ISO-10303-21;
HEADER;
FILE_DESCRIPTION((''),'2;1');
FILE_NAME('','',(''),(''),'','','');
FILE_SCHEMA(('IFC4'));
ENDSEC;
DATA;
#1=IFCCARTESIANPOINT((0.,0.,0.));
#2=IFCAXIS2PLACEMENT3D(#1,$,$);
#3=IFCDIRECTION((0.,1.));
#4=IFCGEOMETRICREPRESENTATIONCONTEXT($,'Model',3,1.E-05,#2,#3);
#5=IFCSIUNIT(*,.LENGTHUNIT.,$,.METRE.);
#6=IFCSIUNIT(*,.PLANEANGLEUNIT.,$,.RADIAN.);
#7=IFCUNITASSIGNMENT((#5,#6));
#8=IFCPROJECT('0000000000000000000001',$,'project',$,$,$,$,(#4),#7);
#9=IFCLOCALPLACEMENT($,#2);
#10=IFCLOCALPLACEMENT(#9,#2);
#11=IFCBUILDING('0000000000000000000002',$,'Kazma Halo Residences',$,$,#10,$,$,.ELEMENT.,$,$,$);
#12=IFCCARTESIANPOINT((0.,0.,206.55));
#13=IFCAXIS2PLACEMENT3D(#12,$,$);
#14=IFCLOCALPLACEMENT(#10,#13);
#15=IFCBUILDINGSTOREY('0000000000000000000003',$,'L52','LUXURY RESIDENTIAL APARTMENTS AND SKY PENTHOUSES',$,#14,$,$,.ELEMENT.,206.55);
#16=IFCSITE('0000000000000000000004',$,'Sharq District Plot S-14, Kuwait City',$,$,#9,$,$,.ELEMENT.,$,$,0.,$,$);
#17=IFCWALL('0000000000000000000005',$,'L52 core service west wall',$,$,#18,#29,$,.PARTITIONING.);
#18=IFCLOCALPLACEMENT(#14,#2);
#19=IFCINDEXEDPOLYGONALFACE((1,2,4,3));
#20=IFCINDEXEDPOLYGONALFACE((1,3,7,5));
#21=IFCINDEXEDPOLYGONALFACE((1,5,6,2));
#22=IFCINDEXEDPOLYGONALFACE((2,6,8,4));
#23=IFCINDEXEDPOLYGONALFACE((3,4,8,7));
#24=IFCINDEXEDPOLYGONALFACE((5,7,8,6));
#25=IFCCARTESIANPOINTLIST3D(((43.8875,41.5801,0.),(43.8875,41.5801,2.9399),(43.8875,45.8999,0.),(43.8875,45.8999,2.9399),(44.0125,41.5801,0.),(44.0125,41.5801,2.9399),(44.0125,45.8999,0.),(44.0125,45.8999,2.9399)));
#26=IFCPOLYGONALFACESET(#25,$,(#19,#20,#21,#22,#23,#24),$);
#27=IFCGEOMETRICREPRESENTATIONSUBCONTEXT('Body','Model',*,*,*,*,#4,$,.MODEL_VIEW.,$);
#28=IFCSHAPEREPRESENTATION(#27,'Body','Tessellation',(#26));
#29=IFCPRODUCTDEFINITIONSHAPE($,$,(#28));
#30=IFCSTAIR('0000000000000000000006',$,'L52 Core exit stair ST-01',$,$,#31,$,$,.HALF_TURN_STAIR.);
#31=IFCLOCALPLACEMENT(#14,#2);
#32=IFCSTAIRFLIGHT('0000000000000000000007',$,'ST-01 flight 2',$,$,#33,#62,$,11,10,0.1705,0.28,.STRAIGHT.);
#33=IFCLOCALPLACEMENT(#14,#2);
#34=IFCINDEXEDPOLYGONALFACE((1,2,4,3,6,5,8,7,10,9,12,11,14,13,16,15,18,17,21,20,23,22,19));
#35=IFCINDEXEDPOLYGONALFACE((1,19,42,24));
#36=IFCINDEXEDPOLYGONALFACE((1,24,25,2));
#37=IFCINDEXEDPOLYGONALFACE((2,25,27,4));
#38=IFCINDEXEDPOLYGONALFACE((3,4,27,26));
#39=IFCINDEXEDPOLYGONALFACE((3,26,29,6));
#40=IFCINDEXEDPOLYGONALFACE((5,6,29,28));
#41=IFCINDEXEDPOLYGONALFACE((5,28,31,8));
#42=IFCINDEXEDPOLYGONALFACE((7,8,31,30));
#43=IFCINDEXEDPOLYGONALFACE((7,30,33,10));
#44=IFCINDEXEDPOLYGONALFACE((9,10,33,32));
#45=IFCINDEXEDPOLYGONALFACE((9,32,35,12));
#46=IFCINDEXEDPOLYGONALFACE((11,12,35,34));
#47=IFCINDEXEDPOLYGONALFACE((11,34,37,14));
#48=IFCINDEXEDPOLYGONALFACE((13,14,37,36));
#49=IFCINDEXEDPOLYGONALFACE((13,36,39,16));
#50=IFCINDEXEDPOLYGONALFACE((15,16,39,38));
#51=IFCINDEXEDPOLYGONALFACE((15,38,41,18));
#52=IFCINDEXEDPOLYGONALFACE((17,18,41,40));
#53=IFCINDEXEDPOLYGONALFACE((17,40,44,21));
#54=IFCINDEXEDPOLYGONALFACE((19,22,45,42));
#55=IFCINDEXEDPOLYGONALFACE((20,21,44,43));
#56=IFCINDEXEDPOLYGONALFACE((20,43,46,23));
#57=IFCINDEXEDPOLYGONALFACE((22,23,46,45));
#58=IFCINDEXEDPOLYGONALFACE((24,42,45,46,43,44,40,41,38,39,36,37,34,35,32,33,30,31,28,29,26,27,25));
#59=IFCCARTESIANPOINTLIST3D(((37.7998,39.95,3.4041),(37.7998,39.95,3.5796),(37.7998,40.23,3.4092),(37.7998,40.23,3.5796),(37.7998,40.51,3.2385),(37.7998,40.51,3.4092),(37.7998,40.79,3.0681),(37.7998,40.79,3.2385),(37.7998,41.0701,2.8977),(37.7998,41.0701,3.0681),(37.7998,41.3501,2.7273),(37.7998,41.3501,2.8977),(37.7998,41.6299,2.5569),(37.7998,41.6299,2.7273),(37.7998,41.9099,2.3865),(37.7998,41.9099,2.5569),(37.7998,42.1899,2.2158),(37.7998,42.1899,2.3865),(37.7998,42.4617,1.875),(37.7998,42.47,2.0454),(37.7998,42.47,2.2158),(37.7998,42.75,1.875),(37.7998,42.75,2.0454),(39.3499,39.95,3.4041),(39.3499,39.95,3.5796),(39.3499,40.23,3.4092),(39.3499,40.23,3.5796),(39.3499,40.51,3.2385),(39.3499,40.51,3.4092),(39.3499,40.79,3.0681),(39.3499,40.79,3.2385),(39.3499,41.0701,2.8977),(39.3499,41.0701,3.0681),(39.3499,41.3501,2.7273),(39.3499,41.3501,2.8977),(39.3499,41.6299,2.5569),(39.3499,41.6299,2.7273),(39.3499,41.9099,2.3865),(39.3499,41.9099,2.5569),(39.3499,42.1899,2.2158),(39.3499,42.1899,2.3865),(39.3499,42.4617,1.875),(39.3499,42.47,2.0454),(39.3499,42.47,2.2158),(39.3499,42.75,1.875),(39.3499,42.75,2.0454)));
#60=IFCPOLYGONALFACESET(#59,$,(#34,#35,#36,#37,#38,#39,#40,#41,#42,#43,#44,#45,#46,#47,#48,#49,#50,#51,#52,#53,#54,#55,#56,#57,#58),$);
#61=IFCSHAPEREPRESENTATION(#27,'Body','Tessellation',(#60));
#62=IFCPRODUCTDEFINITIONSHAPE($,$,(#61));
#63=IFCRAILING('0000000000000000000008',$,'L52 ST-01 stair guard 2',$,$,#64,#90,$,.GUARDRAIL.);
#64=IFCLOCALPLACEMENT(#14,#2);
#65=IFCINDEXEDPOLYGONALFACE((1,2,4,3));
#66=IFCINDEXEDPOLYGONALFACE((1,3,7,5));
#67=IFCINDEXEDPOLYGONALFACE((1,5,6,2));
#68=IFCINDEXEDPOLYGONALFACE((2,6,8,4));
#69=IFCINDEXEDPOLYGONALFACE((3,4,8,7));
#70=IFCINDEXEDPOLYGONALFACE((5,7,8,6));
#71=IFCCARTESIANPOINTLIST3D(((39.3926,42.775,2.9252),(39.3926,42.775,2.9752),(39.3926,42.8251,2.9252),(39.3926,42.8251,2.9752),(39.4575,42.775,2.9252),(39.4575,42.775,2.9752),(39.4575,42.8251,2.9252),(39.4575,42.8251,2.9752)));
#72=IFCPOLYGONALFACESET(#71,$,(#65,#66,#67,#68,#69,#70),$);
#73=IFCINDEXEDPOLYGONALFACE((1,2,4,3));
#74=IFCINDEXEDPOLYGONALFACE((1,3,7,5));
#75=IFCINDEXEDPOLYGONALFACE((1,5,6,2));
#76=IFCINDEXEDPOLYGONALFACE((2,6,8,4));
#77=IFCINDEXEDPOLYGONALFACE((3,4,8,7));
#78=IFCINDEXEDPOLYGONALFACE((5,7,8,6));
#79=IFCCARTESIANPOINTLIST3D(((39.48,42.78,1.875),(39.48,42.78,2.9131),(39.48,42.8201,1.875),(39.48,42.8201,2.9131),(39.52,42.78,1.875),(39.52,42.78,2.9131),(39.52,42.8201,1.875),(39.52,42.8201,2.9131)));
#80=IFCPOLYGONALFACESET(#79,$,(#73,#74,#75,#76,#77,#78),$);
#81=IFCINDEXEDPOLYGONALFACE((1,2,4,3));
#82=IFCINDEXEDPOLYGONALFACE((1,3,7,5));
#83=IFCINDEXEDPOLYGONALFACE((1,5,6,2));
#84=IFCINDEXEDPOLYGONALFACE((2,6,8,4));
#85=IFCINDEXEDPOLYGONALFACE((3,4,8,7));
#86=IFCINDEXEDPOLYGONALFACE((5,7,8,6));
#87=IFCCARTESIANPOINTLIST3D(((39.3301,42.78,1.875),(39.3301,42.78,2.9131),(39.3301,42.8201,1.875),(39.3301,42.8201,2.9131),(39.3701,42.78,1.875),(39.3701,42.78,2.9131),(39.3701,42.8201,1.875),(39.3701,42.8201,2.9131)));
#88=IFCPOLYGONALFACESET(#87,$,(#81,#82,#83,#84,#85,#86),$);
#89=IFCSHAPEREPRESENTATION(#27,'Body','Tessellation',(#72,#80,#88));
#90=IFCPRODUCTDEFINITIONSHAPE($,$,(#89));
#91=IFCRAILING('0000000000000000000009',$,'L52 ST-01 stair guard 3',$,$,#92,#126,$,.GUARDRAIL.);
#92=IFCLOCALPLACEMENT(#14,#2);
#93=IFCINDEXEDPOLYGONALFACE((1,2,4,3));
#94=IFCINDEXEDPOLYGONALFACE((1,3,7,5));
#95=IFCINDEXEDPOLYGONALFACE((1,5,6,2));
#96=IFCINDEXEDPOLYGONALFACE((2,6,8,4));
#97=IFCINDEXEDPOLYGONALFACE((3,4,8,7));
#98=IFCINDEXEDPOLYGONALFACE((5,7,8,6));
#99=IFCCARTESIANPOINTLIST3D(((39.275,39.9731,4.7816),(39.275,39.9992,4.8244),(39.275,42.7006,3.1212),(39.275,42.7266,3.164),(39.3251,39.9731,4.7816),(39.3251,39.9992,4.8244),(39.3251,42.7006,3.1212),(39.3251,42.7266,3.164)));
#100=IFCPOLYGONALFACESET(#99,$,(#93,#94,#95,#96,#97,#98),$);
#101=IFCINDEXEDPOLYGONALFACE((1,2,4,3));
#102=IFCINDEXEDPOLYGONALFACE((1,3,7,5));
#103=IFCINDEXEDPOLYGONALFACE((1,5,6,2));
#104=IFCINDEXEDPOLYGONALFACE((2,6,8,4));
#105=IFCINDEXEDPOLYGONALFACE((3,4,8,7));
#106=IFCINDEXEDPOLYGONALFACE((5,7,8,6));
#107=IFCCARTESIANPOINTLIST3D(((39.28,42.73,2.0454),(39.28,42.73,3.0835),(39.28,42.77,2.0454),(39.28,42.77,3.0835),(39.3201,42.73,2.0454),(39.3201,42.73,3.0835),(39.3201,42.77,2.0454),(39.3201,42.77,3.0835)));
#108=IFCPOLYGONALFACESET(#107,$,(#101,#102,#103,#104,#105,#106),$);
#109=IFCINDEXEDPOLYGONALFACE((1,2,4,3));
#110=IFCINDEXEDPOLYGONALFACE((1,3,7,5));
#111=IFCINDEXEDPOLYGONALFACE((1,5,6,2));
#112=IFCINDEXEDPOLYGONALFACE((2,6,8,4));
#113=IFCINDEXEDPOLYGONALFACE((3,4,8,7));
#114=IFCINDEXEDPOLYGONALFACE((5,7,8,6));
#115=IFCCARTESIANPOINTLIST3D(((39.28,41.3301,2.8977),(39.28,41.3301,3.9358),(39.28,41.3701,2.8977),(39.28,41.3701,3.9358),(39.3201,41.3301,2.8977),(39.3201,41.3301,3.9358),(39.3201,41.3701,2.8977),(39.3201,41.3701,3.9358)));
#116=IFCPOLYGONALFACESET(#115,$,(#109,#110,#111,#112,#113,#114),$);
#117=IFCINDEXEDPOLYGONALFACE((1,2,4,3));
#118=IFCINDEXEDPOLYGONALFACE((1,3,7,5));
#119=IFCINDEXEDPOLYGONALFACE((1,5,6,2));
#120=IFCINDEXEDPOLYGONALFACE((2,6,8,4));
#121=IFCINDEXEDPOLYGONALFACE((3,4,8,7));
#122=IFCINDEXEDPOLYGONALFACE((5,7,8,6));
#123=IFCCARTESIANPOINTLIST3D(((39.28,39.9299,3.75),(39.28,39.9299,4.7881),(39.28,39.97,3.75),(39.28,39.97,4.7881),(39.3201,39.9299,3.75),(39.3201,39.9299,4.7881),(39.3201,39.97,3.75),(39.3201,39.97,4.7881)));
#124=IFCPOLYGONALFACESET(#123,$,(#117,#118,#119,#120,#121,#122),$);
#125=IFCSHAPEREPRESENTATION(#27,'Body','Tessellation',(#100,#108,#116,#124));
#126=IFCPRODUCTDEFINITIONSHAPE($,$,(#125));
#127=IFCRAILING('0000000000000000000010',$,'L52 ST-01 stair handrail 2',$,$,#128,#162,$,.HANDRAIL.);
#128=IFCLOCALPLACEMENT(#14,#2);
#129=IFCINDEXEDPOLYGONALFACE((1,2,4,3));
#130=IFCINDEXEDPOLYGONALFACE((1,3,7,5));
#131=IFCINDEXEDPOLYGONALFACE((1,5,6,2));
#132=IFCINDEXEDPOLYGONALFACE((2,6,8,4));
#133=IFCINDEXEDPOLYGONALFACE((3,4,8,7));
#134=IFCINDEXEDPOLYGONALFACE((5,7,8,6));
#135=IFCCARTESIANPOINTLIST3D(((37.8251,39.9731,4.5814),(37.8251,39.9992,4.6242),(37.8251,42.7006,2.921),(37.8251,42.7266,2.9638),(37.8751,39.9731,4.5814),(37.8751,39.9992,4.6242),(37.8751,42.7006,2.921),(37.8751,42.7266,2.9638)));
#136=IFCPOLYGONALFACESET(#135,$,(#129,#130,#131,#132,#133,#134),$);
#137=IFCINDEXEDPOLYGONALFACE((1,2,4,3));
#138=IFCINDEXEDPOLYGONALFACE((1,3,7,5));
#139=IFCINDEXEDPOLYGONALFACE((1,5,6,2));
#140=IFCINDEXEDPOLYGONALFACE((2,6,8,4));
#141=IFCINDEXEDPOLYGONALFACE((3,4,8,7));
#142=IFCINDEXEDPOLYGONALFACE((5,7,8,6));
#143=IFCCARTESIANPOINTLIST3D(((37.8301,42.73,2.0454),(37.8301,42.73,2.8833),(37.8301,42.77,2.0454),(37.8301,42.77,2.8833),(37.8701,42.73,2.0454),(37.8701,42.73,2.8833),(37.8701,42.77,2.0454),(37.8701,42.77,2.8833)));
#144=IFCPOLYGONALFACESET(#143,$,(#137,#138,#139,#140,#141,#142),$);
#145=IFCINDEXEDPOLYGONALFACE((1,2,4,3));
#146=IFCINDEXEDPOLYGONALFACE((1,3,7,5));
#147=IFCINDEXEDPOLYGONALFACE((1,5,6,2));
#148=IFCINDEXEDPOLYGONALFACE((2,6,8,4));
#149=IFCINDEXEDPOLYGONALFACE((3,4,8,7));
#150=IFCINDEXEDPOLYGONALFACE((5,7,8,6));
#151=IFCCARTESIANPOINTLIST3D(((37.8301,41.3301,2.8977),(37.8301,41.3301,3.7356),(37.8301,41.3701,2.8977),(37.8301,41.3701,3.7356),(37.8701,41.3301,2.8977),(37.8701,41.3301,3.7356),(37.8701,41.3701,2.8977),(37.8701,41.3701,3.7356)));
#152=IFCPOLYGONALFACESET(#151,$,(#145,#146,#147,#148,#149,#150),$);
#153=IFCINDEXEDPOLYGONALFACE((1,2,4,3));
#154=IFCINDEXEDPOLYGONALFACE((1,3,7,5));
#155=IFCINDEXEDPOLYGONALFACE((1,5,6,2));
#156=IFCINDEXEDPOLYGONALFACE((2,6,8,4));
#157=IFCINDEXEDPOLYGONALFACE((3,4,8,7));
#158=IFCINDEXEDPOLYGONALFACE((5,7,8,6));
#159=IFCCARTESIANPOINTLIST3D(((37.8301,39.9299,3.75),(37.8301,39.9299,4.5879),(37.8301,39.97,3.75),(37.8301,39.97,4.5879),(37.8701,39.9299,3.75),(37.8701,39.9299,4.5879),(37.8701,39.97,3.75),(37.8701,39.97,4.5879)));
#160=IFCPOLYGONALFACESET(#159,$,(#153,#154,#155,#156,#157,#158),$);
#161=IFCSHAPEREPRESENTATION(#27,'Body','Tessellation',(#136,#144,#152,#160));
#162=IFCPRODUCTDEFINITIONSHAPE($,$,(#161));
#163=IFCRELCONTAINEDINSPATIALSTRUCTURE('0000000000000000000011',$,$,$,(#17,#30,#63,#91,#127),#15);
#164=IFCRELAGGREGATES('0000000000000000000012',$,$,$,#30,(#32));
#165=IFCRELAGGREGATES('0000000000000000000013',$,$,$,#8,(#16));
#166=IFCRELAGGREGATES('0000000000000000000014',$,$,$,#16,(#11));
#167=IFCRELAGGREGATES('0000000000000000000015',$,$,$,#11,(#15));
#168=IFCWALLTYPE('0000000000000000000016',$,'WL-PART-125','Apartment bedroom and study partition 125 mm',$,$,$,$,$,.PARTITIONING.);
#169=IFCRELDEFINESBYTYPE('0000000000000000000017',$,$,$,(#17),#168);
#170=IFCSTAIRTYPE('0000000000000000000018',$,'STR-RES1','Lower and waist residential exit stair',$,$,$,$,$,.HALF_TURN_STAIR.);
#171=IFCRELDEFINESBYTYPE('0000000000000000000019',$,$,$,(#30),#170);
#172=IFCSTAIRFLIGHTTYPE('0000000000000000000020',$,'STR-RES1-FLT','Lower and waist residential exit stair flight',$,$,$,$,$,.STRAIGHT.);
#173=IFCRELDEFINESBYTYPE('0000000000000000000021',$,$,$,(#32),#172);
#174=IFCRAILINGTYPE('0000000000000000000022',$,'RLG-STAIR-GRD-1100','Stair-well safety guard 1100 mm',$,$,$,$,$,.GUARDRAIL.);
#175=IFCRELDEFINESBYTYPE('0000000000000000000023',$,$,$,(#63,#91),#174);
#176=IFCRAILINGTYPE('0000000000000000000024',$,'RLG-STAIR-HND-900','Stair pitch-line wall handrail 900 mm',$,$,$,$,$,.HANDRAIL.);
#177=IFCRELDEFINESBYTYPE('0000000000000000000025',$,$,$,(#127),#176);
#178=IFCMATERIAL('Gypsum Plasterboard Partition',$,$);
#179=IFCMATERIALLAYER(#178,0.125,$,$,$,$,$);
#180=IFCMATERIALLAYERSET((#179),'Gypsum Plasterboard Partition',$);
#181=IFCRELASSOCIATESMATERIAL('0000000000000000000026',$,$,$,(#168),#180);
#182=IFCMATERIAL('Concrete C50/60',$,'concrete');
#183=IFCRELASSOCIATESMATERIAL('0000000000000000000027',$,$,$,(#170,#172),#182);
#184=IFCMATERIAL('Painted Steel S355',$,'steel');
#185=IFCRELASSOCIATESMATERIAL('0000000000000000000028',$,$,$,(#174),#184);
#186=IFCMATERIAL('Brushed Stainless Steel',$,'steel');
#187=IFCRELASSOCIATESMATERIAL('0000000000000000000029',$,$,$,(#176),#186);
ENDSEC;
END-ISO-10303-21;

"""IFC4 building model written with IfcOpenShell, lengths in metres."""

from ifc_helpers import new_model, si_unit, direction, frame, frame_2d, origin, origin_2d, place, context, subcontext, project, spatial, polyline, rectangle, outline, extrude, material, layer, layer_set, type_object, element, aggregate, save


model = new_model("IFC4")

# Units and contexts
model_context = context("Model", 3, precision=1e-05, world=origin(), true_north=direction((0.0, 1.0)))
body_context = subcontext(model_context, "Body", "Model", "MODEL_VIEW")
ifc_project = project(units=[si_unit("LENGTHUNIT", "METRE"), si_unit("PLANEANGLEUNIT", "RADIAN")], contexts=[model_context])

# Site, building, storey
site_placement = place(None, origin())
site = spatial("IfcSite", under=ifc_project, at=site_placement, Name="Sharq District Plot S-14, Kuwait City", CompositionType="ELEMENT", RefElevation=0.0)
building_placement = place(site_placement, origin())
building = spatial("IfcBuilding", under=site, at=building_placement, Name="Kazma Halo Residences", CompositionType="ELEMENT")
storey_placement = place(building_placement, frame((0.0, 0.0, 206.55)))
storey = spatial("IfcBuildingStorey", under=building, at=storey_placement, Name="L52", Description="LUXURY RESIDENTIAL APARTMENTS AND SKY PENTHOUSES", CompositionType="ELEMENT", Elevation=206.55)

# Wall
ifc_material_1 = material(Name="Gypsum Plasterboard Partition")
ifc_layer_1 = layer(ifc_material_1, 0.125)
ifc_layer_set_1 = layer_set([ifc_layer_1], Name="Gypsum Plasterboard Partition")
wall_type_1 = type_object("IfcWallType", Name="WL-PART-125", Description="Apartment bedroom and study partition 125 mm", PredefinedType="PARTITIONING", material=ifc_layer_set_1)
wall_1_placement = place(storey_placement, frame((43.95, 41.5801, 0.0), z_axis=(0.0, 0.0, 1.0), x_axis=(0.0, 1.0, 0.0)))
element("IfcWall", 1, at=wall_1_placement, inside=storey, type_object=wall_type_1, Name="L52 core service west wall", PredefinedType="PARTITIONING", context=body_context, shape_type="SweptSolid", body=[
    extrude(rectangle(XDim=4.3198, YDim=0.125, at=frame_2d((2.1599, 0.0))), origin(), (0.0, 0.0, 1.0), 2.9399),
])

# Stair, stair flight
ifc_material_2 = material(Name="Concrete C50/60", Category="concrete")
stair_type = type_object("IfcStairType", Name="STR-RES1", Description="Lower and waist residential exit stair", PredefinedType="HALF_TURN_STAIR", material=ifc_material_2)
stair_placement = place(storey_placement, origin())
stair = element("IfcStair", 2, at=stair_placement, inside=storey, type_object=stair_type, Name="L52 Core exit stair ST-01", PredefinedType="HALF_TURN_STAIR")
stair_flight_type = type_object("IfcStairFlightType", Name="STR-RES1-FLT", Description="Lower and waist residential exit stair flight", PredefinedType="STRAIGHT", material=ifc_material_2)
stair_flight_placement = place(storey_placement, frame((38.575, 42.75, 1.875), z_axis=(0.0, 0.0, 1.0), x_axis=(0.0, -1.0, 0.0)))
stair_flight = element("IfcStairFlight", 3, at=stair_flight_placement, type_object=stair_flight_type, Name="ST-01 flight 2", NumberOfRisers=11, NumberOfTreads=10, PredefinedType="STRAIGHT", RiserHeight=0.1705, TreadLength=0.28, context=body_context, shape_type="SweptSolid", body=[
    extrude(outline(polyline([(0.0, 0.0), (0.0, 0.1704), (0.28, 0.1704), (0.28, 0.3408), (0.5601, 0.3408), (0.5601, 0.5115), (0.8401, 0.5115), (0.8401, 0.6819), (1.1201, 0.6819), (1.1201, 0.8523), (1.3999, 0.8523), (1.3999, 1.0227), (1.6799, 1.0227), (1.6799, 1.1931), (1.96, 1.1931), (1.96, 1.3635), (2.24, 1.3635), (2.24, 1.5342), (2.52, 1.5342), (2.52, 1.7046), (2.8, 1.7046), (2.8, 1.875), (2.8, 1.5291), (0.2883, 0.0), (0.0, 0.0)])), frame((0.0, 0.7749, 0.0), z_axis=(0.0, -1.0, 0.0), x_axis=(1.0, 0.0, 0.0)), (0.0, 0.0, 1.0), 1.55),
])
aggregate(stair, [stair_flight])

# Railings
ifc_material_3 = material(Name="Painted Steel S355", Category="steel")
railing_type_1 = type_object("IfcRailingType", Name="RLG-STAIR-GRD-1100", Description="Stair-well safety guard 1100 mm", PredefinedType="GUARDRAIL", material=ifc_material_3)
railing_1_placement = place(storey_placement, frame((39.5, 42.8, 1.875)))
element("IfcRailing", 4, at=railing_1_placement, inside=storey, type_object=railing_type_1, Name="L52 ST-01 stair guard 2", PredefinedType="GUARDRAIL", context=body_context, shape_type="SweptSolid", body=[
    extrude(rectangle(XDim=0.05, YDim=0.05, at=origin_2d()), frame((-0.0425, 0.0, 1.0752), z_axis=(-1.0, 0.0, 0.0), x_axis=(0.0, -1.0, 0.0)), (0.0, 0.0, 1.0), 0.0649),
    extrude(rectangle(XDim=0.04, YDim=0.04, at=origin_2d()), origin(), (0.0, 0.0, 1.0), 1.0381),
    extrude(rectangle(XDim=0.04, YDim=0.04, at=origin_2d()), frame((-0.1499, 0.0, 0.0)), (0.0, 0.0, 1.0), 1.0381),
])
railing_2_placement = place(storey_placement, frame((39.3, 42.75, 2.0454)))
element("IfcRailing", 5, at=railing_2_placement, inside=storey, type_object=railing_type_1, Name="L52 ST-01 stair guard 3", PredefinedType="GUARDRAIL", context=body_context, shape_type="SweptSolid", body=[
    extrude(rectangle(XDim=0.05, YDim=0.05, at=origin_2d()), frame((0.0, -0.0364, 1.0972), z_axis=(0.0, -0.85417, 0.519994), x_axis=(1.0, 0.0, 0.0)), (0.0, 0.0, 1.0), 3.1931),
    extrude(rectangle(XDim=0.04, YDim=0.04, at=origin_2d()), origin(), (0.0, 0.0, 1.0), 1.0381),
    extrude(rectangle(XDim=0.04, YDim=0.04, at=origin_2d()), frame((0.0, -1.3999, 0.8523)), (0.0, 0.0, 1.0), 1.0381),
    extrude(rectangle(XDim=0.04, YDim=0.04, at=origin_2d()), frame((0.0, -2.8, 1.7046)), (0.0, 0.0, 1.0), 1.0381),
])
ifc_material_4 = material(Name="Brushed Stainless Steel", Category="steel")
railing_type_2 = type_object("IfcRailingType", Name="RLG-STAIR-HND-900", Description="Stair pitch-line wall handrail 900 mm", PredefinedType="HANDRAIL", material=ifc_material_4)
railing_3_placement = place(storey_placement, frame((37.8501, 42.75, 2.0454)))
element("IfcRailing", 6, at=railing_3_placement, inside=storey, type_object=railing_type_2, Name="L52 ST-01 stair handrail 2", PredefinedType="HANDRAIL", context=body_context, shape_type="SweptSolid", body=[
    extrude(rectangle(XDim=0.05, YDim=0.05, at=origin_2d()), frame((0.0, -0.0364, 0.897), z_axis=(0.0, -0.85417, 0.519994), x_axis=(1.0, 0.0, 0.0)), (0.0, 0.0, 1.0), 3.1931),
    extrude(rectangle(XDim=0.04, YDim=0.04, at=origin_2d()), origin(), (0.0, 0.0, 1.0), 0.8379),
    extrude(rectangle(XDim=0.04, YDim=0.04, at=origin_2d()), frame((0.0, -1.3999, 0.8523)), (0.0, 0.0, 1.0), 0.8379),
    extrude(rectangle(XDim=0.04, YDim=0.04, at=origin_2d()), frame((0.0, -2.8, 1.7046)), (0.0, 0.0, 1.0), 0.8379),
])

save(model, "model.ifc")
